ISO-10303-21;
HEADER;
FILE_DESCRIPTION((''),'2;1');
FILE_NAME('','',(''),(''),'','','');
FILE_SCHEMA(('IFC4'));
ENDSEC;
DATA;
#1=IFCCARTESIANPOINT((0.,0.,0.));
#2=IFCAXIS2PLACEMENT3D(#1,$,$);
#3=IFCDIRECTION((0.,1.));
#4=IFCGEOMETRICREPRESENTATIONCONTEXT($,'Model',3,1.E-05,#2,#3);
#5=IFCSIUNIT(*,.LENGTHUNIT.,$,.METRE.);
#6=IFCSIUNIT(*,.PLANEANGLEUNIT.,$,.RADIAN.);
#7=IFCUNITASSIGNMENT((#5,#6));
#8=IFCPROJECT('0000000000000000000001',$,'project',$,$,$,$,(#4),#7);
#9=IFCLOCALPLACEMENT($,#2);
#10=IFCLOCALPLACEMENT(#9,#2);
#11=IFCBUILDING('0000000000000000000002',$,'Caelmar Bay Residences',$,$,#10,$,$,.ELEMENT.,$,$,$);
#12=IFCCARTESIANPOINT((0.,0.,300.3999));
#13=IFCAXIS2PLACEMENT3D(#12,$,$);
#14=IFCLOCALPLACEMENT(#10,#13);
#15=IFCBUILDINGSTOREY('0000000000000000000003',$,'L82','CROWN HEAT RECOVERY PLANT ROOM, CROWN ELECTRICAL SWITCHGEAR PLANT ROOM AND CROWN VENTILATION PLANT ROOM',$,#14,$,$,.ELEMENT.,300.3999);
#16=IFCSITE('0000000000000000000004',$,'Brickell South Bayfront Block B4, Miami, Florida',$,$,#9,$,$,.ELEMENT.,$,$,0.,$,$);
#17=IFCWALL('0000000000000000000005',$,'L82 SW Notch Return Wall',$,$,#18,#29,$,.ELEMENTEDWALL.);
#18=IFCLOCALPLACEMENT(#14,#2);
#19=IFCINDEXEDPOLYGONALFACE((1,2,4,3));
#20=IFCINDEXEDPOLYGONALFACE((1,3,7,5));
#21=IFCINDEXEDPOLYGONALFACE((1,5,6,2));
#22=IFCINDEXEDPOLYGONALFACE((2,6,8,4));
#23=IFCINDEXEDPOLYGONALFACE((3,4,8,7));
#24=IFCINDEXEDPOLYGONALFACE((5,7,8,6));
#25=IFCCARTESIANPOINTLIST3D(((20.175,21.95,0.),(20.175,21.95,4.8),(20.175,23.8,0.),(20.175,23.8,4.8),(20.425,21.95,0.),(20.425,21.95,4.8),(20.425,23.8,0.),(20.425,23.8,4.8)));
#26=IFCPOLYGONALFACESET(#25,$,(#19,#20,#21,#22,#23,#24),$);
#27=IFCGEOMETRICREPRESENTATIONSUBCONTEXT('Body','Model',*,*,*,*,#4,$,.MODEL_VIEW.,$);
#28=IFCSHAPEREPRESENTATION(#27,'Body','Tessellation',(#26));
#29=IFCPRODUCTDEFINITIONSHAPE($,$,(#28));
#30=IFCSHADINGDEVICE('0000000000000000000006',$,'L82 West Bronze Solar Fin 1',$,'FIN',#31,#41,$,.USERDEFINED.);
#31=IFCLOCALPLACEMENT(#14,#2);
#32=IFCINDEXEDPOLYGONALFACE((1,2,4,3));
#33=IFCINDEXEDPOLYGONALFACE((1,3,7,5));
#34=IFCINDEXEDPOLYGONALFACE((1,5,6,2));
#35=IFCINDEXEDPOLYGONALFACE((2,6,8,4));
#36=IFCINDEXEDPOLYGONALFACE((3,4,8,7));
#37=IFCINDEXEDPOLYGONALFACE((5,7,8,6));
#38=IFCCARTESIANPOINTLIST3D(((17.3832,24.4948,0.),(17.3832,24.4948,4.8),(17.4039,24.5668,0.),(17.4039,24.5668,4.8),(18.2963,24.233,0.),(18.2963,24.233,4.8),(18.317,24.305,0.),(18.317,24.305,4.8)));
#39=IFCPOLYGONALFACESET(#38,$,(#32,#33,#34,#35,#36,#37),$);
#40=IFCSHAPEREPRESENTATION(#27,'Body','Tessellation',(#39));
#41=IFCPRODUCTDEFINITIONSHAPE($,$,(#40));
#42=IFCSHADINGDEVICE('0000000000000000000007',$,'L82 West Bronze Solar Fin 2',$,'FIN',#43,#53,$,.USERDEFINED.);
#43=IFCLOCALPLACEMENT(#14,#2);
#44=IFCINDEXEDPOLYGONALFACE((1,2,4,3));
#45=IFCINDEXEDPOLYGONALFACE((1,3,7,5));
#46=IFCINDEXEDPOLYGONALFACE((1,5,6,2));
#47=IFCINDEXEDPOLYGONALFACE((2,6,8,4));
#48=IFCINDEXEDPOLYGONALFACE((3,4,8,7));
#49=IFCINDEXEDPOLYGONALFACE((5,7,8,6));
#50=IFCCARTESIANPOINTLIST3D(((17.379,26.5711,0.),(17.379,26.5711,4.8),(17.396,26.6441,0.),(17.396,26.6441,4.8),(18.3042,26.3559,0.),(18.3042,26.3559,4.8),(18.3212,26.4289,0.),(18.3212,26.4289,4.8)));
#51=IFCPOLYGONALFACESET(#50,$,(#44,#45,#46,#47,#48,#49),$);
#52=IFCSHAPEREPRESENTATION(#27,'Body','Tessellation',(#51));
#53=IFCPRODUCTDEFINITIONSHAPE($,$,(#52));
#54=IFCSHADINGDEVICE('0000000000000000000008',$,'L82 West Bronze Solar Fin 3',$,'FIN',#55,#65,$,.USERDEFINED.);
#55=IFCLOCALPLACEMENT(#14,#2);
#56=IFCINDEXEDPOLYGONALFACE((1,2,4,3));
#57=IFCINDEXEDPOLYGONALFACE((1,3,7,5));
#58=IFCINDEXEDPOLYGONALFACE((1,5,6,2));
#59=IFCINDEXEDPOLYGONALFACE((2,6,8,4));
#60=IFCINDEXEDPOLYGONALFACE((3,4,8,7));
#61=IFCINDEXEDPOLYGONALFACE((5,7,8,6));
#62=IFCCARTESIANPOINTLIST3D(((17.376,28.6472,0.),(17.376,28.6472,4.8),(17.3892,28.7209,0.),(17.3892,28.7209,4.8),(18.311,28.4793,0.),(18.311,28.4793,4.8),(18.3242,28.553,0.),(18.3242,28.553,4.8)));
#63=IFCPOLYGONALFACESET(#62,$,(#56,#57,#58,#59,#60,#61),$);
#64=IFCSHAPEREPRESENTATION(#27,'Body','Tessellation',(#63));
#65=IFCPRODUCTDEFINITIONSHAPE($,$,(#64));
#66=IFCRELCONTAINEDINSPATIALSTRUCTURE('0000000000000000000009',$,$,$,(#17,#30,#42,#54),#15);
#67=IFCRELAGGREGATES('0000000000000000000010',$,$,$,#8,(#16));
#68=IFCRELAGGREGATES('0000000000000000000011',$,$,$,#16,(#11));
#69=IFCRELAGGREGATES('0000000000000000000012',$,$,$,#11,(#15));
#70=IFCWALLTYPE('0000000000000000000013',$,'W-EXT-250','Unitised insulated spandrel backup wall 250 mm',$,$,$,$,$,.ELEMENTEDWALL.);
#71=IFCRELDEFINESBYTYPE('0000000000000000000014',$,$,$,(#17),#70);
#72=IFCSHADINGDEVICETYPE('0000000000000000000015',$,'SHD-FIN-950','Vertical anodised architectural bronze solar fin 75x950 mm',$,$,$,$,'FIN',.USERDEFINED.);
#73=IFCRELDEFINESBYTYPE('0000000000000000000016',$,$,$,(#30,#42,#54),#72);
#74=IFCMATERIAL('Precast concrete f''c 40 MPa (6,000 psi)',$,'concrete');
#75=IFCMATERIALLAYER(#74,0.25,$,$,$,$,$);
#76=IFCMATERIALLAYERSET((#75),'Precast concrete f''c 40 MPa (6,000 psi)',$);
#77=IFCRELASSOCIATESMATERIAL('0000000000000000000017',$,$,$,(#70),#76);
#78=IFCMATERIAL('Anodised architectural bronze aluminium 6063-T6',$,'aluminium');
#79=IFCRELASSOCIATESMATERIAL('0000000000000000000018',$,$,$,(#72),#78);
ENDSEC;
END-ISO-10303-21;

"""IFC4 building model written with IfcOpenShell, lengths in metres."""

from ifc_helpers import new_model, si_unit, direction, frame, frame_2d, origin, origin_2d, place, context, subcontext, project, spatial, rectangle, extrude, material, layer, layer_set, material_profile, profile_set, type_object, element, save


model = new_model("IFC4")

# Units and contexts
model_context = context("Model", 3, precision=1e-05, world=origin(), true_north=direction((0.0, 1.0)))
body_context = subcontext(model_context, "Body", "Model", "MODEL_VIEW")
ifc_project = project(units=[si_unit("LENGTHUNIT", "METRE"), si_unit("PLANEANGLEUNIT", "RADIAN")], contexts=[model_context])

# Site, building, storey
site_placement = place(None, origin())
site = spatial("IfcSite", under=ifc_project, at=site_placement, Name="Brickell South Bayfront Block B4, Miami, Florida", CompositionType="ELEMENT", RefElevation=0.0)
building_placement = place(site_placement, origin())
building = spatial("IfcBuilding", under=site, at=building_placement, Name="Caelmar Bay Residences", CompositionType="ELEMENT")
storey_placement = place(building_placement, frame((0.0, 0.0, 300.3999)))
storey = spatial("IfcBuildingStorey", under=building, at=storey_placement, Name="L82", Description="CROWN HEAT RECOVERY PLANT ROOM, CROWN ELECTRICAL SWITCHGEAR PLANT ROOM AND CROWN VENTILATION PLANT ROOM", CompositionType="ELEMENT", Elevation=300.3999)

# Wall
ifc_material_1 = material(Name="Precast concrete f'c 40 MPa (6,000 psi)", Category="concrete")
ifc_layer_1 = layer(ifc_material_1, 0.25)
ifc_layer_set_1 = layer_set([ifc_layer_1], Name="Precast concrete f'c 40 MPa (6,000 psi)")
wall_type_1 = type_object("IfcWallType", Name="W-EXT-250", Description="Unitised insulated spandrel backup wall 250 mm", PredefinedType="ELEMENTEDWALL", material=ifc_layer_set_1)
wall_1_placement = place(storey_placement, frame((20.3, 23.8, 0.0), z_axis=(0.0, 0.0, 1.0), x_axis=(0.0, -1.0, 0.0)))
element("IfcWall", 1, at=wall_1_placement, inside=storey, type_object=wall_type_1, Name="L82 SW Notch Return Wall", PredefinedType="ELEMENTEDWALL", context=body_context, shape_type="SweptSolid", body=[
    extrude(rectangle(XDim=1.8501, YDim=0.25, at=frame_2d((0.925, 0.0))), origin(), (0.0, 0.0, 1.0), 4.8),
])

# Shading devices
ifc_material_2 = material(Name="Anodised architectural bronze aluminium 6063-T6", Category="aluminium")
ifc_material_profile_1 = material_profile(ifc_material_2, rectangle(XDim=0.075, YDim=0.95, at=origin_2d()), Name="BRONZE-FIN-75X950")
ifc_profile_set_1 = profile_set([ifc_material_profile_1], Name="Anodised architectural bronze aluminium 6063-T6")
shading_device_type = type_object("IfcShadingDeviceType", Name="SHD-FIN-950", Description="Vertical anodised architectural bronze solar fin 75x950 mm", ElementType="FIN", PredefinedType="USERDEFINED", material=ifc_profile_set_1)
for number, where, z_axis, x_axis, name in (
    (2, (17.8501, 24.3999, 0.0), (0.0, 0.0, 1.0), (0.275637, 0.961262, 0.0), "L82 West Bronze Solar Fin 1"),
    (3, (17.8501, 26.5, 0.0), (0.0, 0.0, 1.0), (0.226481, 0.974016, 0.0), "L82 West Bronze Solar Fin 2"),
    (4, (17.8501, 28.6001, 0.0), (0.0, 0.0, 1.0), (0.176741, 0.984257, 0.0), "L82 West Bronze Solar Fin 3"),
):
    element("IfcShadingDevice", number, at=place(storey_placement, frame(where, z_axis=z_axis, x_axis=x_axis)), inside=storey, type_object=shading_device_type, Name=name, ObjectType="FIN", PredefinedType="USERDEFINED", context=body_context, shape_type="SweptSolid", body=[
        extrude(rectangle(XDim=0.075, YDim=0.95, at=origin_2d()), origin(), (0.0, 0.0, 1.0), 4.8),
    ])

save(model, "model.ifc")
